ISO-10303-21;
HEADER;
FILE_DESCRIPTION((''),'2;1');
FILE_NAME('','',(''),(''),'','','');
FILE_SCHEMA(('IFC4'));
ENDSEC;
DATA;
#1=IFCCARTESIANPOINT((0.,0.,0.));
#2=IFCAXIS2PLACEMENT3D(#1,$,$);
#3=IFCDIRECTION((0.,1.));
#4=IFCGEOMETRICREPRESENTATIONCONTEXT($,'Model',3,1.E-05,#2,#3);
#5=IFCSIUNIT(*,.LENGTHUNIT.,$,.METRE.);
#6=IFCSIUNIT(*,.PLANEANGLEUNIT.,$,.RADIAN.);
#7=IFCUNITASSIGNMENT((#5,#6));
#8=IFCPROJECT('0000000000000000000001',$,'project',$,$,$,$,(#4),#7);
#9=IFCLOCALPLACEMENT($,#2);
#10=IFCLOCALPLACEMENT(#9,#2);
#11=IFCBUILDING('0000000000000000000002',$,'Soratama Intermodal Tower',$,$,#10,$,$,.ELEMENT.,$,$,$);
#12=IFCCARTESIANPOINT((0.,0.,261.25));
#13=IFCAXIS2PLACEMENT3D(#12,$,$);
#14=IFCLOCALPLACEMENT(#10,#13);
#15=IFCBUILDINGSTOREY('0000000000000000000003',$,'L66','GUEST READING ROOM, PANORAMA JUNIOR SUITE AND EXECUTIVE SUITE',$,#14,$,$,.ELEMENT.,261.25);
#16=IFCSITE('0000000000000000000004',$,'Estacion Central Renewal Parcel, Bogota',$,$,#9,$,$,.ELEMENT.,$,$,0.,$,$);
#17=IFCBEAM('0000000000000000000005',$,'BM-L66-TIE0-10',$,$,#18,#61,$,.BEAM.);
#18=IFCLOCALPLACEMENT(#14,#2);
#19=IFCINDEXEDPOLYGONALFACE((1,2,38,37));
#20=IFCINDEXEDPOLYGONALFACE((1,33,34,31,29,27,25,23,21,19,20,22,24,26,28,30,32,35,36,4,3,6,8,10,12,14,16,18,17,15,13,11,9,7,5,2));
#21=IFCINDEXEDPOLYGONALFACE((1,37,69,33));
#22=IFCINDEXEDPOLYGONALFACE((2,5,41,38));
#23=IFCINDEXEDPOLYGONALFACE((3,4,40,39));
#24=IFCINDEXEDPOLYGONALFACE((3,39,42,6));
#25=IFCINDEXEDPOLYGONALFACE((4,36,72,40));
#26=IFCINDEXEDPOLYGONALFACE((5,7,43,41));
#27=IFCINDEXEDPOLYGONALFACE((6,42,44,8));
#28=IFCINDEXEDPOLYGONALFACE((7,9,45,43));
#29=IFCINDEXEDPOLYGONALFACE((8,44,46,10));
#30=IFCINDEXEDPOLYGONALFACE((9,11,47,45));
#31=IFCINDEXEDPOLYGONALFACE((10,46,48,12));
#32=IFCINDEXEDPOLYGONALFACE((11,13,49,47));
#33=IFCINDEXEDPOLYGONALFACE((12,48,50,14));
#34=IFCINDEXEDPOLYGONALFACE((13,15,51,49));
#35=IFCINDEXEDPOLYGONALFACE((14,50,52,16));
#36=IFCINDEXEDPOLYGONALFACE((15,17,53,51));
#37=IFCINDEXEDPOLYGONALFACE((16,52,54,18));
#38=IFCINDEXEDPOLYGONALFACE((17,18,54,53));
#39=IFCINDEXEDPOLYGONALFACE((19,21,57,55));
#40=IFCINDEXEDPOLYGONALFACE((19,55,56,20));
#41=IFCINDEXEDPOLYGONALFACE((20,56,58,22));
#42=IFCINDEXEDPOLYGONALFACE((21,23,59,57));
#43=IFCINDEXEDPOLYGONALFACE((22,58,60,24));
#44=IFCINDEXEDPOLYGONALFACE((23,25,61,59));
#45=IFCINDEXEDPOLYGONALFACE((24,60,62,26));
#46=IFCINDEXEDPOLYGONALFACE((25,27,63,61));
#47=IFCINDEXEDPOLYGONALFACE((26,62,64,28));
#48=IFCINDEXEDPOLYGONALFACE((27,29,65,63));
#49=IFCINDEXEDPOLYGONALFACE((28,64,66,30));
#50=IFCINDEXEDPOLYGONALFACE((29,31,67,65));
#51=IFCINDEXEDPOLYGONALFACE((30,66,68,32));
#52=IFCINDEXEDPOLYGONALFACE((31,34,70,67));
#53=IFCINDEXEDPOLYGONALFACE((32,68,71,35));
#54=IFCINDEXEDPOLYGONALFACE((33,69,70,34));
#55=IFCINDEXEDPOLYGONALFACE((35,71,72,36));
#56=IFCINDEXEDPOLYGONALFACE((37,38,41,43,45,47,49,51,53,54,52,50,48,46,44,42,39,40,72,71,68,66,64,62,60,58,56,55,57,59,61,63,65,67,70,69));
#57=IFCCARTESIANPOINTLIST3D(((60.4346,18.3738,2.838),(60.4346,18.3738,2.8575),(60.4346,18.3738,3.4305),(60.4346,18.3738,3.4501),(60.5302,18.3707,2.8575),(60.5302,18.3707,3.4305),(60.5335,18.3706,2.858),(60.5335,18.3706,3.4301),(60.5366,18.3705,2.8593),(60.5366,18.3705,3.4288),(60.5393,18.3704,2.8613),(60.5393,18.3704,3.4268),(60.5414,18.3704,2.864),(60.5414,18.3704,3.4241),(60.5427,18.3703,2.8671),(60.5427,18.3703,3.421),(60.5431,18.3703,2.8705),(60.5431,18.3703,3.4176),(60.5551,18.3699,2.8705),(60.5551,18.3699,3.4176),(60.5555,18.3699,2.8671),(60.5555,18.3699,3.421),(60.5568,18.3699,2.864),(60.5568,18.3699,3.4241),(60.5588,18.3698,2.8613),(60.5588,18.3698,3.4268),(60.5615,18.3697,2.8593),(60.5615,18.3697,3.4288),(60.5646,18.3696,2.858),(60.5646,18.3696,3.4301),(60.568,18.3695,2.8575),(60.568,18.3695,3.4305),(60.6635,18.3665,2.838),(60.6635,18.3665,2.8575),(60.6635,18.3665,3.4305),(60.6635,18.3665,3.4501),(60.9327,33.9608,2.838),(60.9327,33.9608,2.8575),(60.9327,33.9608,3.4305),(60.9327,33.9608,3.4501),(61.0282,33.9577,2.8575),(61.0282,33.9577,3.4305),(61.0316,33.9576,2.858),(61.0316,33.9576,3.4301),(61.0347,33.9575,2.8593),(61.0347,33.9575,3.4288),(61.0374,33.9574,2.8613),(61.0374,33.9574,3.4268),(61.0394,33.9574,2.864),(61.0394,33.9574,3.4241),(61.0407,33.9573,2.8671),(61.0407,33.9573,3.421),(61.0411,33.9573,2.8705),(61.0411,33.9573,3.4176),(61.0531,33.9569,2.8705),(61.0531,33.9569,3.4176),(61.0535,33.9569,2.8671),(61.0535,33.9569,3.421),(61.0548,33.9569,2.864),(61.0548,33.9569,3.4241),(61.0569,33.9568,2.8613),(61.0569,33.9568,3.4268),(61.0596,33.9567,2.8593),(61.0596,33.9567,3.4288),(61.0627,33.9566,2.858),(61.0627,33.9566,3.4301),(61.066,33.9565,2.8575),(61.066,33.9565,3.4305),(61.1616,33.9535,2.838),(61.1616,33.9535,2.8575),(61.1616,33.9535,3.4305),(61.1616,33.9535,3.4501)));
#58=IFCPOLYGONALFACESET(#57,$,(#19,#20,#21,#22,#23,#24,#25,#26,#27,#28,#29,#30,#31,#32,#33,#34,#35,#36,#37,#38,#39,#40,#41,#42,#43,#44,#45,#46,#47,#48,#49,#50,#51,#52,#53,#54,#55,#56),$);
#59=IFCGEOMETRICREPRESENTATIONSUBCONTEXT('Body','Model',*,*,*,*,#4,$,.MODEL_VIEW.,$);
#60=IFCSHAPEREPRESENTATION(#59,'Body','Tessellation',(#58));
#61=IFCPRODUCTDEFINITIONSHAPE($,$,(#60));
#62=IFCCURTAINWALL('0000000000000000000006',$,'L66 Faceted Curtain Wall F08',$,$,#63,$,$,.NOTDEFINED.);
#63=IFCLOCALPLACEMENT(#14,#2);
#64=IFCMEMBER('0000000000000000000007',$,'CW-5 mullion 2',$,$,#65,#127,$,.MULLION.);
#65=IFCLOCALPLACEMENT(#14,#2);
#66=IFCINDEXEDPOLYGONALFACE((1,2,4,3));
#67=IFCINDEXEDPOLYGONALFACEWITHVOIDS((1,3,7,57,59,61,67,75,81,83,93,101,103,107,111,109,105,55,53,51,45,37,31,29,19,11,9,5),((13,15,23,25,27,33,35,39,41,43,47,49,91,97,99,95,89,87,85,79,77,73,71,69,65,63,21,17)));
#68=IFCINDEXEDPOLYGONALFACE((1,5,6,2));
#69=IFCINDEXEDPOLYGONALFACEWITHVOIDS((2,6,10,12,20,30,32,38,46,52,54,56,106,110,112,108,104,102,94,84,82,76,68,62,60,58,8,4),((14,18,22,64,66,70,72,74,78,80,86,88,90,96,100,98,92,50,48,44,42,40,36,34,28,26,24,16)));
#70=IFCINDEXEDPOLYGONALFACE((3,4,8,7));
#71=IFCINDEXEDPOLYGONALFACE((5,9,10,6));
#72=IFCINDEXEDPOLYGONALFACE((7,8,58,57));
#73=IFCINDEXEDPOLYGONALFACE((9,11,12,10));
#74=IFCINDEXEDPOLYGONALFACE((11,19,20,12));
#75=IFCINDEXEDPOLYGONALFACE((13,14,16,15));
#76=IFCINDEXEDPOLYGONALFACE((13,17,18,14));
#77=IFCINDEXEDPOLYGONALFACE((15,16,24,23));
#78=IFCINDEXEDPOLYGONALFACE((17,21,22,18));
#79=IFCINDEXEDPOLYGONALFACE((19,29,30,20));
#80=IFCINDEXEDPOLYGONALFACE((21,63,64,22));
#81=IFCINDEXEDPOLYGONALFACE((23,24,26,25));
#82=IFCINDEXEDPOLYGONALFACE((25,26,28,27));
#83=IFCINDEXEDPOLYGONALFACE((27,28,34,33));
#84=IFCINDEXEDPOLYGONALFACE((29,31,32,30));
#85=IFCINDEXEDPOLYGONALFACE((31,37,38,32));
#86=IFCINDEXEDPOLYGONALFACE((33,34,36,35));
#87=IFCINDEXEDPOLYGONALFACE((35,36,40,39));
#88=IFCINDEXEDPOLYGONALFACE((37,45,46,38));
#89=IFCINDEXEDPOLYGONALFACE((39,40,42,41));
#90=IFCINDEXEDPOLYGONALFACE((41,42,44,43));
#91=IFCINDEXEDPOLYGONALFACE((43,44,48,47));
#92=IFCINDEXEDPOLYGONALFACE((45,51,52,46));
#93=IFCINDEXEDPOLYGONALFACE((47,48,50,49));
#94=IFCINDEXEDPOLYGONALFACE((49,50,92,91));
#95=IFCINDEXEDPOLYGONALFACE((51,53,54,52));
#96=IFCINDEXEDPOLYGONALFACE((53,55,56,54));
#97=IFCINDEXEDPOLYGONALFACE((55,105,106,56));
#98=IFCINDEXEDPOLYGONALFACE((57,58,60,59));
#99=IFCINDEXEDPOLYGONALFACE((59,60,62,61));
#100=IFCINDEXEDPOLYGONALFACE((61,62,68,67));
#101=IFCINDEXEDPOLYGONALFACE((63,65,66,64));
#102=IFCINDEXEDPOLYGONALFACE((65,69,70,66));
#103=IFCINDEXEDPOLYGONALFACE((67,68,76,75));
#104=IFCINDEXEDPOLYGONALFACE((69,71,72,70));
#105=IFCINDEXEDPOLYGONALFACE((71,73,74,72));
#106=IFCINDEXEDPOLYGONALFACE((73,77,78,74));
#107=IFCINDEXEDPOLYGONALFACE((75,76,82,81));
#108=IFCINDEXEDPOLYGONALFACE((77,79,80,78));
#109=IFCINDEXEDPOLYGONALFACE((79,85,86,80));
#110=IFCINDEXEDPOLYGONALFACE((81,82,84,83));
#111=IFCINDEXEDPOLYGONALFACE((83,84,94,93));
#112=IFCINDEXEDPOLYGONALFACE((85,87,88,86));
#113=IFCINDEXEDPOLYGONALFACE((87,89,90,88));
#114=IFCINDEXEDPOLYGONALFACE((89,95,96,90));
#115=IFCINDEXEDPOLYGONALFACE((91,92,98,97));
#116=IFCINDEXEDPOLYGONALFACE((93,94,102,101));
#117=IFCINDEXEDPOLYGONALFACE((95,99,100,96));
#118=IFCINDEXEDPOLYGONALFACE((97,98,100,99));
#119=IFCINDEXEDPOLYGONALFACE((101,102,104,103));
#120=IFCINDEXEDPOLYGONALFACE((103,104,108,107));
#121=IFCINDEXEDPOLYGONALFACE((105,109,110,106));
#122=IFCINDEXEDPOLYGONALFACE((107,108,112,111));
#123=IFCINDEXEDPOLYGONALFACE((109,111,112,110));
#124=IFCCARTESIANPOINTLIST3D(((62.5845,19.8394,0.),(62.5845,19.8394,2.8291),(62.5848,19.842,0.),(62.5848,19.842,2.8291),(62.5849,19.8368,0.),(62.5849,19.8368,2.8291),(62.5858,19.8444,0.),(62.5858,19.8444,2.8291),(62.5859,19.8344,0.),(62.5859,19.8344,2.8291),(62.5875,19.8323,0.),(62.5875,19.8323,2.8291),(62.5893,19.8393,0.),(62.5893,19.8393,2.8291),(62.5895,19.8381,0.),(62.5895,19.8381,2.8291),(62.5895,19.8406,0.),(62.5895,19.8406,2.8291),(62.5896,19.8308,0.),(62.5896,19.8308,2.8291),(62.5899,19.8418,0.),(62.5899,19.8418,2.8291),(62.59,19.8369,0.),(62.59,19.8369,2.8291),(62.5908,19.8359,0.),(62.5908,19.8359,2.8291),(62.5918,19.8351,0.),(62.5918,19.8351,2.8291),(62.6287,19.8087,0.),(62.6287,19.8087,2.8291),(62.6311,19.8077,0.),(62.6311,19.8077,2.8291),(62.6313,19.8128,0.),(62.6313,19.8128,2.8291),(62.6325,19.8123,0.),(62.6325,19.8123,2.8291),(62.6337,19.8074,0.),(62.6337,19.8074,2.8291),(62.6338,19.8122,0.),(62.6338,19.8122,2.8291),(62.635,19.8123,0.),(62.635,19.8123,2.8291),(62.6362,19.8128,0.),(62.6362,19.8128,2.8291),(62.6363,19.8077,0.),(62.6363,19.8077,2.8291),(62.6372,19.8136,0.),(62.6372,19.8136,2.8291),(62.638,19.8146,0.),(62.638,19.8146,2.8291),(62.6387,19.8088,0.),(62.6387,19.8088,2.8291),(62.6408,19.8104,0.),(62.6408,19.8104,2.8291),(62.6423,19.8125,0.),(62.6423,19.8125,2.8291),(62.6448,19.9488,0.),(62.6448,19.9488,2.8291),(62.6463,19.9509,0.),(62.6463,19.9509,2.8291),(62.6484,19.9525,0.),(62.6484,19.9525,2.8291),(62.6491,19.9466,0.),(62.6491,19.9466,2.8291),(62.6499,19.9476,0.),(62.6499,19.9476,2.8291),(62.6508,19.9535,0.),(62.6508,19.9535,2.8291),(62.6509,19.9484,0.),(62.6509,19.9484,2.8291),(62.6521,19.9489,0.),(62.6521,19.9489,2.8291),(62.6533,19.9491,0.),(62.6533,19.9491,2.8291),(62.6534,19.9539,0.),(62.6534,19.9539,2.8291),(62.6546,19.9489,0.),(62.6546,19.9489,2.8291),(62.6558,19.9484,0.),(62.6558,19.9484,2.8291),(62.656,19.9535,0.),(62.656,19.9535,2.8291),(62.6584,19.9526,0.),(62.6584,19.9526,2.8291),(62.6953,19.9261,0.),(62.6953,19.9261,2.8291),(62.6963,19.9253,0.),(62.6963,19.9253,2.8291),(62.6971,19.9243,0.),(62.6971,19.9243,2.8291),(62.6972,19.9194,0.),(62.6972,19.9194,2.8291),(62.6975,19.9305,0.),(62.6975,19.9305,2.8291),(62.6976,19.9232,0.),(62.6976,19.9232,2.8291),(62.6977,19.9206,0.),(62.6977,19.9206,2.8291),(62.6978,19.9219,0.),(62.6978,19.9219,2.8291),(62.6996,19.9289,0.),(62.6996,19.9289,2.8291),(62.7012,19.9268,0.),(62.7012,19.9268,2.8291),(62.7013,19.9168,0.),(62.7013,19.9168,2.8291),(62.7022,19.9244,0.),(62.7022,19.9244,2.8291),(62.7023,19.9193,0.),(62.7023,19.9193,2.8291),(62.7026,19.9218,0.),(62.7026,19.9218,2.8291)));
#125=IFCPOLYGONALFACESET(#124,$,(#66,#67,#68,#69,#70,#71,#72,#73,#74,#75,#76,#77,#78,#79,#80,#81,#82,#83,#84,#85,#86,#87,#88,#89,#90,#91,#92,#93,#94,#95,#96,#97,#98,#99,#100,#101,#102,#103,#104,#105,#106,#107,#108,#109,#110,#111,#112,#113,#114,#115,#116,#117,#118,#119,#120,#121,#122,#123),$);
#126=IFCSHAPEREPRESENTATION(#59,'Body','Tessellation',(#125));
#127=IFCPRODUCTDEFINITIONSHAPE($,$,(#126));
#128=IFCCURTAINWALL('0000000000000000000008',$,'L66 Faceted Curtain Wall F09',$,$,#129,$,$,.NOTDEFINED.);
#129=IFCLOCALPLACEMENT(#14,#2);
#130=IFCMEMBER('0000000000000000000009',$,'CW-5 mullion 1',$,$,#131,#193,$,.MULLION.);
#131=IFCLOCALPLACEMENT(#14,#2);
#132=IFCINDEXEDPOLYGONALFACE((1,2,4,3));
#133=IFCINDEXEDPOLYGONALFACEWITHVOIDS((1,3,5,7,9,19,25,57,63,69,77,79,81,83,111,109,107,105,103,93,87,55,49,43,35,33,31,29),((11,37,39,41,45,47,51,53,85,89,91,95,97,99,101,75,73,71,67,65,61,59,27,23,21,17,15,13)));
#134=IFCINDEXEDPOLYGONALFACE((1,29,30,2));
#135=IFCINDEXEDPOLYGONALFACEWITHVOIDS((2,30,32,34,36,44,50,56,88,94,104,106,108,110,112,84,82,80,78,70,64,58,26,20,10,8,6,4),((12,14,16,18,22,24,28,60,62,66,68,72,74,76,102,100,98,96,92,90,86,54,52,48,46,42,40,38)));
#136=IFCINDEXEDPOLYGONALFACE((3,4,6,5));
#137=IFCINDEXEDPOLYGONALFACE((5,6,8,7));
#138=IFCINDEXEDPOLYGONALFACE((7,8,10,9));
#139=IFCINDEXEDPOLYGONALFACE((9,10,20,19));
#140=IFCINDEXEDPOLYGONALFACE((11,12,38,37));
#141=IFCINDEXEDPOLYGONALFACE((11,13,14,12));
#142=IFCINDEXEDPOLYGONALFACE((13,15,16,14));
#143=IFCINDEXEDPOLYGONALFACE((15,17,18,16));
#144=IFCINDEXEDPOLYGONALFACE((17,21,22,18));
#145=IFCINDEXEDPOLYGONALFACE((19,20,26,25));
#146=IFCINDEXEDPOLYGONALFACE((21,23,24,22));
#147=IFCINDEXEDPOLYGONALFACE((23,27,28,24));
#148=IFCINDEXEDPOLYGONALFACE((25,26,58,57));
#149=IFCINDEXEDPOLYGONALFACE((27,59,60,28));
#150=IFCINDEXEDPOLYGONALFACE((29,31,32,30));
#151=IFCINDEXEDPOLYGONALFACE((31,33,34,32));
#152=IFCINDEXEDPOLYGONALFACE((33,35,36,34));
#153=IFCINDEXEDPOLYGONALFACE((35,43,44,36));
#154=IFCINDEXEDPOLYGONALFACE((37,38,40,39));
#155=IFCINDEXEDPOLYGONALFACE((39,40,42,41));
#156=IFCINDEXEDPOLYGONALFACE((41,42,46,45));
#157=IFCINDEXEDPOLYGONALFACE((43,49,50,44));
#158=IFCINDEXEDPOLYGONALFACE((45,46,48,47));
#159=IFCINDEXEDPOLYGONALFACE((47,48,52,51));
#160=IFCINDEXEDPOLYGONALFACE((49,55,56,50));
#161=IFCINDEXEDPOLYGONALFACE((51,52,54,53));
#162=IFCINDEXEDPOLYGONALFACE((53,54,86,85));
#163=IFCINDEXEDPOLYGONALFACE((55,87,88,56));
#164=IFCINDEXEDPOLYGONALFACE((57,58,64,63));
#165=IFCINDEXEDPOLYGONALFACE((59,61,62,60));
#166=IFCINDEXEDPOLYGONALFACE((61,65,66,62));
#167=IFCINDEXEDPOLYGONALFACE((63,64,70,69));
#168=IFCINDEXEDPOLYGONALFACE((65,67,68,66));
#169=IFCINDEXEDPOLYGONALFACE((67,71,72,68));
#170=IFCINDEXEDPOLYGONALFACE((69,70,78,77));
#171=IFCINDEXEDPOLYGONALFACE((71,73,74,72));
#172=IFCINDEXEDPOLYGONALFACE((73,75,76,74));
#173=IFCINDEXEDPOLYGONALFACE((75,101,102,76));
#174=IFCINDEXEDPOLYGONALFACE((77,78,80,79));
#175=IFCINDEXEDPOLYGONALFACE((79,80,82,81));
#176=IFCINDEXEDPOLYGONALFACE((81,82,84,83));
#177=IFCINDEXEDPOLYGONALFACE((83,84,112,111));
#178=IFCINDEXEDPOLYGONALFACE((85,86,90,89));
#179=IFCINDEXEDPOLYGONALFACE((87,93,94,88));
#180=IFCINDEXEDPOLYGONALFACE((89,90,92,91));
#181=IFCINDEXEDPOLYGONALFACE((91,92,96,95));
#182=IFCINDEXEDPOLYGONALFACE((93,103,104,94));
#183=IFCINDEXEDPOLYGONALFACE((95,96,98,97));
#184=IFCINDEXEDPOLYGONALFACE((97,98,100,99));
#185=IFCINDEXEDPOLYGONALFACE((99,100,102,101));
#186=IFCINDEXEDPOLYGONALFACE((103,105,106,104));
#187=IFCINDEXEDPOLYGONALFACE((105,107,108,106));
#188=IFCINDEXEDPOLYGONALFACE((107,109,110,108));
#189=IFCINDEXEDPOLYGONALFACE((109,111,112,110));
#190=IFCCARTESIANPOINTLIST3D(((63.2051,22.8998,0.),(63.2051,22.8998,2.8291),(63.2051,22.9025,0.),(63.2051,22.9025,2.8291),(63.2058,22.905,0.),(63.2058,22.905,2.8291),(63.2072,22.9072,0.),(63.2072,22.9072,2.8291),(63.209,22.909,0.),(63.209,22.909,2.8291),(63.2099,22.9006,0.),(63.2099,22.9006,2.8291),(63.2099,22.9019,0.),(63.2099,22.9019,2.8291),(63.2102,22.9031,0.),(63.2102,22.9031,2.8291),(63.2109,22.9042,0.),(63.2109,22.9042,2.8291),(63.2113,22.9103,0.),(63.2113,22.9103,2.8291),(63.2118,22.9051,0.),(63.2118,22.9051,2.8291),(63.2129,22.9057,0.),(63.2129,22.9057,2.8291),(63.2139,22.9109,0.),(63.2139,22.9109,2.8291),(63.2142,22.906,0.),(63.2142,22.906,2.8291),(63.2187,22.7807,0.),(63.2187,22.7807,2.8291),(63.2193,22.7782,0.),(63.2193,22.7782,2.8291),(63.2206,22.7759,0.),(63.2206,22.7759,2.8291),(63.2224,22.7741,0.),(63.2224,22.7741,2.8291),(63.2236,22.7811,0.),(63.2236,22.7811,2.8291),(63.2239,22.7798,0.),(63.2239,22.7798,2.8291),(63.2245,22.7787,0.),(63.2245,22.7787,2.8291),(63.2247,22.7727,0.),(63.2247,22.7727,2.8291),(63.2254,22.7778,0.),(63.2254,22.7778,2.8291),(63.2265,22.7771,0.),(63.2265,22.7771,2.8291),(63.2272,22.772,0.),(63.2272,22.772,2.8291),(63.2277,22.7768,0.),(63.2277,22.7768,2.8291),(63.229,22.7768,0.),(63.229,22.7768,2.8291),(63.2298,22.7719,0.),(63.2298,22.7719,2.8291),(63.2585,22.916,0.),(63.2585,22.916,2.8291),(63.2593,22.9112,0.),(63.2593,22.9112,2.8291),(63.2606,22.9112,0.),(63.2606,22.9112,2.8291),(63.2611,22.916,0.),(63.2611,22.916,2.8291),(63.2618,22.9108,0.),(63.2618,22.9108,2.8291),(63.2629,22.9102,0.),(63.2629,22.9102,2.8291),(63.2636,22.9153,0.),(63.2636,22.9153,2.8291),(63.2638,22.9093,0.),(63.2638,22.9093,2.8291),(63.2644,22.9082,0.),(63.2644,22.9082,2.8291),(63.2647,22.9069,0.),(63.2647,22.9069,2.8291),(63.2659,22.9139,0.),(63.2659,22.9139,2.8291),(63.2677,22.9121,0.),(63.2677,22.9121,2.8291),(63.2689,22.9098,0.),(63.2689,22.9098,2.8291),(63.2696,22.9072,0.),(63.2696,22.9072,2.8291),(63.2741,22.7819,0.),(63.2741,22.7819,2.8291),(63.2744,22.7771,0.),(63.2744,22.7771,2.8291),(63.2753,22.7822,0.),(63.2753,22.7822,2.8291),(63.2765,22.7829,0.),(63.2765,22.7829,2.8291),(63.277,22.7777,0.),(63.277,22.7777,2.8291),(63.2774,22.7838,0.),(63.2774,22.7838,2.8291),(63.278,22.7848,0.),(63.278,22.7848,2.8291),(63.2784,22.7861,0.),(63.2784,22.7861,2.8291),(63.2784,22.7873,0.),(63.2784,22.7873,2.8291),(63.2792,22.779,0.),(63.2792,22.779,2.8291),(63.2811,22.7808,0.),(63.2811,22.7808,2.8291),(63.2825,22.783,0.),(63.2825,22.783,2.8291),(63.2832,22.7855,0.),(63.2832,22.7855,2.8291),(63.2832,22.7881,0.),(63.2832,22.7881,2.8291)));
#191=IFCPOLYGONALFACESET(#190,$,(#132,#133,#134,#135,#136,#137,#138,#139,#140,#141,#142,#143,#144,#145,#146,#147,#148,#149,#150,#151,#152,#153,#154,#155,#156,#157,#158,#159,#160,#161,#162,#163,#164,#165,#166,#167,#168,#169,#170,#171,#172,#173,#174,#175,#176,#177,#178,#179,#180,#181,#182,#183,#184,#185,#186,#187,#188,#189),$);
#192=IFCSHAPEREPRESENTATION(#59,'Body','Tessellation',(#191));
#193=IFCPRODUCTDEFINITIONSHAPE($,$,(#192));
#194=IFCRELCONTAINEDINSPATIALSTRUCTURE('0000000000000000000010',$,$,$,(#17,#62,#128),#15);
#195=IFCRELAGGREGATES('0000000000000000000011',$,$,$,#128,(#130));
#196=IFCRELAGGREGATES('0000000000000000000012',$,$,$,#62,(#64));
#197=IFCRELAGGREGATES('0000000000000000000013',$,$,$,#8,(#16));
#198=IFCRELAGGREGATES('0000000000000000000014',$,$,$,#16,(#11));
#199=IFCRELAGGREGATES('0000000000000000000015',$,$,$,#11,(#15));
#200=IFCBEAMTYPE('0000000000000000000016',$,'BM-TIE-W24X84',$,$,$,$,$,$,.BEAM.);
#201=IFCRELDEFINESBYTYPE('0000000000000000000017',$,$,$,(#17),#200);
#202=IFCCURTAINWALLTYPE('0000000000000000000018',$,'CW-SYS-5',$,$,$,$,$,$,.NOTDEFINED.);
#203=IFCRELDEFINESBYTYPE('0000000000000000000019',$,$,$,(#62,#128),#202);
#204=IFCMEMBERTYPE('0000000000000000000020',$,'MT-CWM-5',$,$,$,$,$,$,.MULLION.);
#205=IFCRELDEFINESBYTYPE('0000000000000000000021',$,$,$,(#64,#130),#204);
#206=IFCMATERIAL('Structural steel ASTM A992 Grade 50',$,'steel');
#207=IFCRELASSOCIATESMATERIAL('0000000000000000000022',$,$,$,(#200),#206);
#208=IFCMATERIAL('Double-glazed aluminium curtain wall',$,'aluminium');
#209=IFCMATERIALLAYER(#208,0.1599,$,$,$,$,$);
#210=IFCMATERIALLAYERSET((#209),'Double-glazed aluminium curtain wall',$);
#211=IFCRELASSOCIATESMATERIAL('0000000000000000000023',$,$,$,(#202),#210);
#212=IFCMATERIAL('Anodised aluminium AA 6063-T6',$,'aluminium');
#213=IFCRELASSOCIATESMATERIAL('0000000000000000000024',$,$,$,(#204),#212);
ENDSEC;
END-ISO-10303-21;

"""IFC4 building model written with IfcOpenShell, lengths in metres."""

from ifc_helpers import new_model, si_unit, direction, frame, origin, origin_2d, place, context, subcontext, project, spatial, hollow_rectangle, i_section, extrude, material, layer, layer_set, material_profile, profile_set, type_object, element, aggregate, save


model = new_model("IFC4")

# Units and contexts
model_context = context("Model", 3, precision=1e-05, world=origin(), true_north=direction((0.0, 1.0)))
body_context = subcontext(model_context, "Body", "Model", "MODEL_VIEW")
ifc_project = project(units=[si_unit("LENGTHUNIT", "METRE"), si_unit("PLANEANGLEUNIT", "RADIAN")], contexts=[model_context])

# Site, building, storey
site_placement = place(None, origin())
site = spatial("IfcSite", under=ifc_project, at=site_placement, Name="Estacion Central Renewal Parcel, Bogota", CompositionType="ELEMENT", RefElevation=0.0)
building_placement = place(site_placement, origin())
building = spatial("IfcBuilding", under=site, at=building_placement, Name="Soratama Intermodal Tower", CompositionType="ELEMENT")
storey_placement = place(building_placement, frame((0.0, 0.0, 261.25)))
storey = spatial("IfcBuildingStorey", under=building, at=storey_placement, Name="L66", Description="GUEST READING ROOM, PANORAMA JUNIOR SUITE AND EXECUTIVE SUITE", CompositionType="ELEMENT", Elevation=261.25)

# Beam
ifc_material_1 = material(Name="Structural steel ASTM A992 Grade 50", Category="steel")
ifc_material_profile_1 = material_profile(ifc_material_1, i_section(OverallWidth=0.229, OverallDepth=0.6121, WebThickness=0.012, FlangeThickness=0.0195, FilletRadius=0.0129, at=origin_2d()), Name="W24X84")
ifc_profile_set_1 = profile_set([ifc_material_profile_1], Name="Structural steel ASTM A992 Grade 50")
beam_type_1 = type_object("IfcBeamType", Name="BM-TIE-W24X84", PredefinedType="BEAM", material=ifc_profile_set_1)
beam_1_placement = place(storey_placement, frame((60.5491, 18.3701, 3.144), z_axis=(0.031937, 0.99949, 0.0), x_axis=(-0.99949, 0.031937, 0.0)))
element("IfcBeam", 1, at=beam_1_placement, inside=storey, type_object=beam_type_1, Name="BM-L66-TIE0-10", PredefinedType="BEAM", context=body_context, shape_type="SweptSolid", body=[
    extrude(i_section(OverallWidth=0.229, OverallDepth=0.6121, WebThickness=0.012, FlangeThickness=0.0195, FilletRadius=0.0129, at=origin_2d()), origin(), (0.0, 0.0, 1.0), 15.595),
])

# Curtain wall, member
ifc_material_2 = material(Name="Double-glazed aluminium curtain wall", Category="aluminium")
ifc_layer_1 = layer(ifc_material_2, 0.1599)
ifc_layer_set_1 = layer_set([ifc_layer_1], Name="Double-glazed aluminium curtain wall")
curtain_wall_type = type_object("IfcCurtainWallType", Name="CW-SYS-5", PredefinedType="NOTDEFINED", material=ifc_layer_set_1)
curtain_wall_1_placement = place(storey_placement, origin())
curtain_wall_1 = element("IfcCurtainWall", 2, at=curtain_wall_1_placement, inside=storey, type_object=curtain_wall_type, Name="L66 Faceted Curtain Wall F08", PredefinedType="NOTDEFINED")
ifc_material_3 = material(Name="Anodised aluminium AA 6063-T6", Category="aluminium")
ifc_material_profile_2 = material_profile(ifc_material_3, hollow_rectangle(XDim=0.0649, YDim=0.1399, WallThickness=0.0049, InnerFilletRadius=0.0049, OuterFilletRadius=0.01, at=origin_2d()), Name="CWM140X65X5")
ifc_profile_set_2 = profile_set([ifc_material_profile_2], Name="Anodised aluminium AA 6063-T6")
member_type_1 = type_object("IfcMemberType", Name="MT-CWM-5", PredefinedType="MULLION", material=ifc_profile_set_2)
member_1_placement = place(storey_placement, frame((62.6436, 19.8806, 0.0), z_axis=(0.0, 0.0, 1.0), x_axis=(-0.870697, 0.49182, 0.0)))
member_1 = element("IfcMember", 3, at=member_1_placement, type_object=member_type_1, Name="CW-5 mullion 2", PredefinedType="MULLION", context=body_context, shape_type="SweptSolid", body=[
    extrude(hollow_rectangle(XDim=0.0649, YDim=0.1399, WallThickness=0.0049, InnerFilletRadius=0.0049, OuterFilletRadius=0.01, at=origin_2d()), origin(), (0.0, 0.0, 1.0), 2.8291),
])

# Curtain wall, member
curtain_wall_2_placement = place(storey_placement, origin())
curtain_wall_2 = element("IfcCurtainWall", 4, at=curtain_wall_2_placement, inside=storey, type_object=curtain_wall_type, Name="L66 Faceted Curtain Wall F09", PredefinedType="NOTDEFINED")
member_2_placement = place(storey_placement, frame((63.2441, 22.844, 0.0), z_axis=(0.0, 0.0, 1.0), x_axis=(-0.993493, -0.113897, 0.0)))
member_2 = element("IfcMember", 5, at=member_2_placement, type_object=member_type_1, Name="CW-5 mullion 1", PredefinedType="MULLION", context=body_context, shape_type="SweptSolid", body=[
    extrude(hollow_rectangle(XDim=0.0649, YDim=0.1399, WallThickness=0.0049, InnerFilletRadius=0.0049, OuterFilletRadius=0.01, at=origin_2d()), origin(), (0.0, 0.0, 1.0), 2.8291),
])
aggregate(curtain_wall_2, [member_2])

aggregate(curtain_wall_1, [member_1])

save(model, "model.ifc")
